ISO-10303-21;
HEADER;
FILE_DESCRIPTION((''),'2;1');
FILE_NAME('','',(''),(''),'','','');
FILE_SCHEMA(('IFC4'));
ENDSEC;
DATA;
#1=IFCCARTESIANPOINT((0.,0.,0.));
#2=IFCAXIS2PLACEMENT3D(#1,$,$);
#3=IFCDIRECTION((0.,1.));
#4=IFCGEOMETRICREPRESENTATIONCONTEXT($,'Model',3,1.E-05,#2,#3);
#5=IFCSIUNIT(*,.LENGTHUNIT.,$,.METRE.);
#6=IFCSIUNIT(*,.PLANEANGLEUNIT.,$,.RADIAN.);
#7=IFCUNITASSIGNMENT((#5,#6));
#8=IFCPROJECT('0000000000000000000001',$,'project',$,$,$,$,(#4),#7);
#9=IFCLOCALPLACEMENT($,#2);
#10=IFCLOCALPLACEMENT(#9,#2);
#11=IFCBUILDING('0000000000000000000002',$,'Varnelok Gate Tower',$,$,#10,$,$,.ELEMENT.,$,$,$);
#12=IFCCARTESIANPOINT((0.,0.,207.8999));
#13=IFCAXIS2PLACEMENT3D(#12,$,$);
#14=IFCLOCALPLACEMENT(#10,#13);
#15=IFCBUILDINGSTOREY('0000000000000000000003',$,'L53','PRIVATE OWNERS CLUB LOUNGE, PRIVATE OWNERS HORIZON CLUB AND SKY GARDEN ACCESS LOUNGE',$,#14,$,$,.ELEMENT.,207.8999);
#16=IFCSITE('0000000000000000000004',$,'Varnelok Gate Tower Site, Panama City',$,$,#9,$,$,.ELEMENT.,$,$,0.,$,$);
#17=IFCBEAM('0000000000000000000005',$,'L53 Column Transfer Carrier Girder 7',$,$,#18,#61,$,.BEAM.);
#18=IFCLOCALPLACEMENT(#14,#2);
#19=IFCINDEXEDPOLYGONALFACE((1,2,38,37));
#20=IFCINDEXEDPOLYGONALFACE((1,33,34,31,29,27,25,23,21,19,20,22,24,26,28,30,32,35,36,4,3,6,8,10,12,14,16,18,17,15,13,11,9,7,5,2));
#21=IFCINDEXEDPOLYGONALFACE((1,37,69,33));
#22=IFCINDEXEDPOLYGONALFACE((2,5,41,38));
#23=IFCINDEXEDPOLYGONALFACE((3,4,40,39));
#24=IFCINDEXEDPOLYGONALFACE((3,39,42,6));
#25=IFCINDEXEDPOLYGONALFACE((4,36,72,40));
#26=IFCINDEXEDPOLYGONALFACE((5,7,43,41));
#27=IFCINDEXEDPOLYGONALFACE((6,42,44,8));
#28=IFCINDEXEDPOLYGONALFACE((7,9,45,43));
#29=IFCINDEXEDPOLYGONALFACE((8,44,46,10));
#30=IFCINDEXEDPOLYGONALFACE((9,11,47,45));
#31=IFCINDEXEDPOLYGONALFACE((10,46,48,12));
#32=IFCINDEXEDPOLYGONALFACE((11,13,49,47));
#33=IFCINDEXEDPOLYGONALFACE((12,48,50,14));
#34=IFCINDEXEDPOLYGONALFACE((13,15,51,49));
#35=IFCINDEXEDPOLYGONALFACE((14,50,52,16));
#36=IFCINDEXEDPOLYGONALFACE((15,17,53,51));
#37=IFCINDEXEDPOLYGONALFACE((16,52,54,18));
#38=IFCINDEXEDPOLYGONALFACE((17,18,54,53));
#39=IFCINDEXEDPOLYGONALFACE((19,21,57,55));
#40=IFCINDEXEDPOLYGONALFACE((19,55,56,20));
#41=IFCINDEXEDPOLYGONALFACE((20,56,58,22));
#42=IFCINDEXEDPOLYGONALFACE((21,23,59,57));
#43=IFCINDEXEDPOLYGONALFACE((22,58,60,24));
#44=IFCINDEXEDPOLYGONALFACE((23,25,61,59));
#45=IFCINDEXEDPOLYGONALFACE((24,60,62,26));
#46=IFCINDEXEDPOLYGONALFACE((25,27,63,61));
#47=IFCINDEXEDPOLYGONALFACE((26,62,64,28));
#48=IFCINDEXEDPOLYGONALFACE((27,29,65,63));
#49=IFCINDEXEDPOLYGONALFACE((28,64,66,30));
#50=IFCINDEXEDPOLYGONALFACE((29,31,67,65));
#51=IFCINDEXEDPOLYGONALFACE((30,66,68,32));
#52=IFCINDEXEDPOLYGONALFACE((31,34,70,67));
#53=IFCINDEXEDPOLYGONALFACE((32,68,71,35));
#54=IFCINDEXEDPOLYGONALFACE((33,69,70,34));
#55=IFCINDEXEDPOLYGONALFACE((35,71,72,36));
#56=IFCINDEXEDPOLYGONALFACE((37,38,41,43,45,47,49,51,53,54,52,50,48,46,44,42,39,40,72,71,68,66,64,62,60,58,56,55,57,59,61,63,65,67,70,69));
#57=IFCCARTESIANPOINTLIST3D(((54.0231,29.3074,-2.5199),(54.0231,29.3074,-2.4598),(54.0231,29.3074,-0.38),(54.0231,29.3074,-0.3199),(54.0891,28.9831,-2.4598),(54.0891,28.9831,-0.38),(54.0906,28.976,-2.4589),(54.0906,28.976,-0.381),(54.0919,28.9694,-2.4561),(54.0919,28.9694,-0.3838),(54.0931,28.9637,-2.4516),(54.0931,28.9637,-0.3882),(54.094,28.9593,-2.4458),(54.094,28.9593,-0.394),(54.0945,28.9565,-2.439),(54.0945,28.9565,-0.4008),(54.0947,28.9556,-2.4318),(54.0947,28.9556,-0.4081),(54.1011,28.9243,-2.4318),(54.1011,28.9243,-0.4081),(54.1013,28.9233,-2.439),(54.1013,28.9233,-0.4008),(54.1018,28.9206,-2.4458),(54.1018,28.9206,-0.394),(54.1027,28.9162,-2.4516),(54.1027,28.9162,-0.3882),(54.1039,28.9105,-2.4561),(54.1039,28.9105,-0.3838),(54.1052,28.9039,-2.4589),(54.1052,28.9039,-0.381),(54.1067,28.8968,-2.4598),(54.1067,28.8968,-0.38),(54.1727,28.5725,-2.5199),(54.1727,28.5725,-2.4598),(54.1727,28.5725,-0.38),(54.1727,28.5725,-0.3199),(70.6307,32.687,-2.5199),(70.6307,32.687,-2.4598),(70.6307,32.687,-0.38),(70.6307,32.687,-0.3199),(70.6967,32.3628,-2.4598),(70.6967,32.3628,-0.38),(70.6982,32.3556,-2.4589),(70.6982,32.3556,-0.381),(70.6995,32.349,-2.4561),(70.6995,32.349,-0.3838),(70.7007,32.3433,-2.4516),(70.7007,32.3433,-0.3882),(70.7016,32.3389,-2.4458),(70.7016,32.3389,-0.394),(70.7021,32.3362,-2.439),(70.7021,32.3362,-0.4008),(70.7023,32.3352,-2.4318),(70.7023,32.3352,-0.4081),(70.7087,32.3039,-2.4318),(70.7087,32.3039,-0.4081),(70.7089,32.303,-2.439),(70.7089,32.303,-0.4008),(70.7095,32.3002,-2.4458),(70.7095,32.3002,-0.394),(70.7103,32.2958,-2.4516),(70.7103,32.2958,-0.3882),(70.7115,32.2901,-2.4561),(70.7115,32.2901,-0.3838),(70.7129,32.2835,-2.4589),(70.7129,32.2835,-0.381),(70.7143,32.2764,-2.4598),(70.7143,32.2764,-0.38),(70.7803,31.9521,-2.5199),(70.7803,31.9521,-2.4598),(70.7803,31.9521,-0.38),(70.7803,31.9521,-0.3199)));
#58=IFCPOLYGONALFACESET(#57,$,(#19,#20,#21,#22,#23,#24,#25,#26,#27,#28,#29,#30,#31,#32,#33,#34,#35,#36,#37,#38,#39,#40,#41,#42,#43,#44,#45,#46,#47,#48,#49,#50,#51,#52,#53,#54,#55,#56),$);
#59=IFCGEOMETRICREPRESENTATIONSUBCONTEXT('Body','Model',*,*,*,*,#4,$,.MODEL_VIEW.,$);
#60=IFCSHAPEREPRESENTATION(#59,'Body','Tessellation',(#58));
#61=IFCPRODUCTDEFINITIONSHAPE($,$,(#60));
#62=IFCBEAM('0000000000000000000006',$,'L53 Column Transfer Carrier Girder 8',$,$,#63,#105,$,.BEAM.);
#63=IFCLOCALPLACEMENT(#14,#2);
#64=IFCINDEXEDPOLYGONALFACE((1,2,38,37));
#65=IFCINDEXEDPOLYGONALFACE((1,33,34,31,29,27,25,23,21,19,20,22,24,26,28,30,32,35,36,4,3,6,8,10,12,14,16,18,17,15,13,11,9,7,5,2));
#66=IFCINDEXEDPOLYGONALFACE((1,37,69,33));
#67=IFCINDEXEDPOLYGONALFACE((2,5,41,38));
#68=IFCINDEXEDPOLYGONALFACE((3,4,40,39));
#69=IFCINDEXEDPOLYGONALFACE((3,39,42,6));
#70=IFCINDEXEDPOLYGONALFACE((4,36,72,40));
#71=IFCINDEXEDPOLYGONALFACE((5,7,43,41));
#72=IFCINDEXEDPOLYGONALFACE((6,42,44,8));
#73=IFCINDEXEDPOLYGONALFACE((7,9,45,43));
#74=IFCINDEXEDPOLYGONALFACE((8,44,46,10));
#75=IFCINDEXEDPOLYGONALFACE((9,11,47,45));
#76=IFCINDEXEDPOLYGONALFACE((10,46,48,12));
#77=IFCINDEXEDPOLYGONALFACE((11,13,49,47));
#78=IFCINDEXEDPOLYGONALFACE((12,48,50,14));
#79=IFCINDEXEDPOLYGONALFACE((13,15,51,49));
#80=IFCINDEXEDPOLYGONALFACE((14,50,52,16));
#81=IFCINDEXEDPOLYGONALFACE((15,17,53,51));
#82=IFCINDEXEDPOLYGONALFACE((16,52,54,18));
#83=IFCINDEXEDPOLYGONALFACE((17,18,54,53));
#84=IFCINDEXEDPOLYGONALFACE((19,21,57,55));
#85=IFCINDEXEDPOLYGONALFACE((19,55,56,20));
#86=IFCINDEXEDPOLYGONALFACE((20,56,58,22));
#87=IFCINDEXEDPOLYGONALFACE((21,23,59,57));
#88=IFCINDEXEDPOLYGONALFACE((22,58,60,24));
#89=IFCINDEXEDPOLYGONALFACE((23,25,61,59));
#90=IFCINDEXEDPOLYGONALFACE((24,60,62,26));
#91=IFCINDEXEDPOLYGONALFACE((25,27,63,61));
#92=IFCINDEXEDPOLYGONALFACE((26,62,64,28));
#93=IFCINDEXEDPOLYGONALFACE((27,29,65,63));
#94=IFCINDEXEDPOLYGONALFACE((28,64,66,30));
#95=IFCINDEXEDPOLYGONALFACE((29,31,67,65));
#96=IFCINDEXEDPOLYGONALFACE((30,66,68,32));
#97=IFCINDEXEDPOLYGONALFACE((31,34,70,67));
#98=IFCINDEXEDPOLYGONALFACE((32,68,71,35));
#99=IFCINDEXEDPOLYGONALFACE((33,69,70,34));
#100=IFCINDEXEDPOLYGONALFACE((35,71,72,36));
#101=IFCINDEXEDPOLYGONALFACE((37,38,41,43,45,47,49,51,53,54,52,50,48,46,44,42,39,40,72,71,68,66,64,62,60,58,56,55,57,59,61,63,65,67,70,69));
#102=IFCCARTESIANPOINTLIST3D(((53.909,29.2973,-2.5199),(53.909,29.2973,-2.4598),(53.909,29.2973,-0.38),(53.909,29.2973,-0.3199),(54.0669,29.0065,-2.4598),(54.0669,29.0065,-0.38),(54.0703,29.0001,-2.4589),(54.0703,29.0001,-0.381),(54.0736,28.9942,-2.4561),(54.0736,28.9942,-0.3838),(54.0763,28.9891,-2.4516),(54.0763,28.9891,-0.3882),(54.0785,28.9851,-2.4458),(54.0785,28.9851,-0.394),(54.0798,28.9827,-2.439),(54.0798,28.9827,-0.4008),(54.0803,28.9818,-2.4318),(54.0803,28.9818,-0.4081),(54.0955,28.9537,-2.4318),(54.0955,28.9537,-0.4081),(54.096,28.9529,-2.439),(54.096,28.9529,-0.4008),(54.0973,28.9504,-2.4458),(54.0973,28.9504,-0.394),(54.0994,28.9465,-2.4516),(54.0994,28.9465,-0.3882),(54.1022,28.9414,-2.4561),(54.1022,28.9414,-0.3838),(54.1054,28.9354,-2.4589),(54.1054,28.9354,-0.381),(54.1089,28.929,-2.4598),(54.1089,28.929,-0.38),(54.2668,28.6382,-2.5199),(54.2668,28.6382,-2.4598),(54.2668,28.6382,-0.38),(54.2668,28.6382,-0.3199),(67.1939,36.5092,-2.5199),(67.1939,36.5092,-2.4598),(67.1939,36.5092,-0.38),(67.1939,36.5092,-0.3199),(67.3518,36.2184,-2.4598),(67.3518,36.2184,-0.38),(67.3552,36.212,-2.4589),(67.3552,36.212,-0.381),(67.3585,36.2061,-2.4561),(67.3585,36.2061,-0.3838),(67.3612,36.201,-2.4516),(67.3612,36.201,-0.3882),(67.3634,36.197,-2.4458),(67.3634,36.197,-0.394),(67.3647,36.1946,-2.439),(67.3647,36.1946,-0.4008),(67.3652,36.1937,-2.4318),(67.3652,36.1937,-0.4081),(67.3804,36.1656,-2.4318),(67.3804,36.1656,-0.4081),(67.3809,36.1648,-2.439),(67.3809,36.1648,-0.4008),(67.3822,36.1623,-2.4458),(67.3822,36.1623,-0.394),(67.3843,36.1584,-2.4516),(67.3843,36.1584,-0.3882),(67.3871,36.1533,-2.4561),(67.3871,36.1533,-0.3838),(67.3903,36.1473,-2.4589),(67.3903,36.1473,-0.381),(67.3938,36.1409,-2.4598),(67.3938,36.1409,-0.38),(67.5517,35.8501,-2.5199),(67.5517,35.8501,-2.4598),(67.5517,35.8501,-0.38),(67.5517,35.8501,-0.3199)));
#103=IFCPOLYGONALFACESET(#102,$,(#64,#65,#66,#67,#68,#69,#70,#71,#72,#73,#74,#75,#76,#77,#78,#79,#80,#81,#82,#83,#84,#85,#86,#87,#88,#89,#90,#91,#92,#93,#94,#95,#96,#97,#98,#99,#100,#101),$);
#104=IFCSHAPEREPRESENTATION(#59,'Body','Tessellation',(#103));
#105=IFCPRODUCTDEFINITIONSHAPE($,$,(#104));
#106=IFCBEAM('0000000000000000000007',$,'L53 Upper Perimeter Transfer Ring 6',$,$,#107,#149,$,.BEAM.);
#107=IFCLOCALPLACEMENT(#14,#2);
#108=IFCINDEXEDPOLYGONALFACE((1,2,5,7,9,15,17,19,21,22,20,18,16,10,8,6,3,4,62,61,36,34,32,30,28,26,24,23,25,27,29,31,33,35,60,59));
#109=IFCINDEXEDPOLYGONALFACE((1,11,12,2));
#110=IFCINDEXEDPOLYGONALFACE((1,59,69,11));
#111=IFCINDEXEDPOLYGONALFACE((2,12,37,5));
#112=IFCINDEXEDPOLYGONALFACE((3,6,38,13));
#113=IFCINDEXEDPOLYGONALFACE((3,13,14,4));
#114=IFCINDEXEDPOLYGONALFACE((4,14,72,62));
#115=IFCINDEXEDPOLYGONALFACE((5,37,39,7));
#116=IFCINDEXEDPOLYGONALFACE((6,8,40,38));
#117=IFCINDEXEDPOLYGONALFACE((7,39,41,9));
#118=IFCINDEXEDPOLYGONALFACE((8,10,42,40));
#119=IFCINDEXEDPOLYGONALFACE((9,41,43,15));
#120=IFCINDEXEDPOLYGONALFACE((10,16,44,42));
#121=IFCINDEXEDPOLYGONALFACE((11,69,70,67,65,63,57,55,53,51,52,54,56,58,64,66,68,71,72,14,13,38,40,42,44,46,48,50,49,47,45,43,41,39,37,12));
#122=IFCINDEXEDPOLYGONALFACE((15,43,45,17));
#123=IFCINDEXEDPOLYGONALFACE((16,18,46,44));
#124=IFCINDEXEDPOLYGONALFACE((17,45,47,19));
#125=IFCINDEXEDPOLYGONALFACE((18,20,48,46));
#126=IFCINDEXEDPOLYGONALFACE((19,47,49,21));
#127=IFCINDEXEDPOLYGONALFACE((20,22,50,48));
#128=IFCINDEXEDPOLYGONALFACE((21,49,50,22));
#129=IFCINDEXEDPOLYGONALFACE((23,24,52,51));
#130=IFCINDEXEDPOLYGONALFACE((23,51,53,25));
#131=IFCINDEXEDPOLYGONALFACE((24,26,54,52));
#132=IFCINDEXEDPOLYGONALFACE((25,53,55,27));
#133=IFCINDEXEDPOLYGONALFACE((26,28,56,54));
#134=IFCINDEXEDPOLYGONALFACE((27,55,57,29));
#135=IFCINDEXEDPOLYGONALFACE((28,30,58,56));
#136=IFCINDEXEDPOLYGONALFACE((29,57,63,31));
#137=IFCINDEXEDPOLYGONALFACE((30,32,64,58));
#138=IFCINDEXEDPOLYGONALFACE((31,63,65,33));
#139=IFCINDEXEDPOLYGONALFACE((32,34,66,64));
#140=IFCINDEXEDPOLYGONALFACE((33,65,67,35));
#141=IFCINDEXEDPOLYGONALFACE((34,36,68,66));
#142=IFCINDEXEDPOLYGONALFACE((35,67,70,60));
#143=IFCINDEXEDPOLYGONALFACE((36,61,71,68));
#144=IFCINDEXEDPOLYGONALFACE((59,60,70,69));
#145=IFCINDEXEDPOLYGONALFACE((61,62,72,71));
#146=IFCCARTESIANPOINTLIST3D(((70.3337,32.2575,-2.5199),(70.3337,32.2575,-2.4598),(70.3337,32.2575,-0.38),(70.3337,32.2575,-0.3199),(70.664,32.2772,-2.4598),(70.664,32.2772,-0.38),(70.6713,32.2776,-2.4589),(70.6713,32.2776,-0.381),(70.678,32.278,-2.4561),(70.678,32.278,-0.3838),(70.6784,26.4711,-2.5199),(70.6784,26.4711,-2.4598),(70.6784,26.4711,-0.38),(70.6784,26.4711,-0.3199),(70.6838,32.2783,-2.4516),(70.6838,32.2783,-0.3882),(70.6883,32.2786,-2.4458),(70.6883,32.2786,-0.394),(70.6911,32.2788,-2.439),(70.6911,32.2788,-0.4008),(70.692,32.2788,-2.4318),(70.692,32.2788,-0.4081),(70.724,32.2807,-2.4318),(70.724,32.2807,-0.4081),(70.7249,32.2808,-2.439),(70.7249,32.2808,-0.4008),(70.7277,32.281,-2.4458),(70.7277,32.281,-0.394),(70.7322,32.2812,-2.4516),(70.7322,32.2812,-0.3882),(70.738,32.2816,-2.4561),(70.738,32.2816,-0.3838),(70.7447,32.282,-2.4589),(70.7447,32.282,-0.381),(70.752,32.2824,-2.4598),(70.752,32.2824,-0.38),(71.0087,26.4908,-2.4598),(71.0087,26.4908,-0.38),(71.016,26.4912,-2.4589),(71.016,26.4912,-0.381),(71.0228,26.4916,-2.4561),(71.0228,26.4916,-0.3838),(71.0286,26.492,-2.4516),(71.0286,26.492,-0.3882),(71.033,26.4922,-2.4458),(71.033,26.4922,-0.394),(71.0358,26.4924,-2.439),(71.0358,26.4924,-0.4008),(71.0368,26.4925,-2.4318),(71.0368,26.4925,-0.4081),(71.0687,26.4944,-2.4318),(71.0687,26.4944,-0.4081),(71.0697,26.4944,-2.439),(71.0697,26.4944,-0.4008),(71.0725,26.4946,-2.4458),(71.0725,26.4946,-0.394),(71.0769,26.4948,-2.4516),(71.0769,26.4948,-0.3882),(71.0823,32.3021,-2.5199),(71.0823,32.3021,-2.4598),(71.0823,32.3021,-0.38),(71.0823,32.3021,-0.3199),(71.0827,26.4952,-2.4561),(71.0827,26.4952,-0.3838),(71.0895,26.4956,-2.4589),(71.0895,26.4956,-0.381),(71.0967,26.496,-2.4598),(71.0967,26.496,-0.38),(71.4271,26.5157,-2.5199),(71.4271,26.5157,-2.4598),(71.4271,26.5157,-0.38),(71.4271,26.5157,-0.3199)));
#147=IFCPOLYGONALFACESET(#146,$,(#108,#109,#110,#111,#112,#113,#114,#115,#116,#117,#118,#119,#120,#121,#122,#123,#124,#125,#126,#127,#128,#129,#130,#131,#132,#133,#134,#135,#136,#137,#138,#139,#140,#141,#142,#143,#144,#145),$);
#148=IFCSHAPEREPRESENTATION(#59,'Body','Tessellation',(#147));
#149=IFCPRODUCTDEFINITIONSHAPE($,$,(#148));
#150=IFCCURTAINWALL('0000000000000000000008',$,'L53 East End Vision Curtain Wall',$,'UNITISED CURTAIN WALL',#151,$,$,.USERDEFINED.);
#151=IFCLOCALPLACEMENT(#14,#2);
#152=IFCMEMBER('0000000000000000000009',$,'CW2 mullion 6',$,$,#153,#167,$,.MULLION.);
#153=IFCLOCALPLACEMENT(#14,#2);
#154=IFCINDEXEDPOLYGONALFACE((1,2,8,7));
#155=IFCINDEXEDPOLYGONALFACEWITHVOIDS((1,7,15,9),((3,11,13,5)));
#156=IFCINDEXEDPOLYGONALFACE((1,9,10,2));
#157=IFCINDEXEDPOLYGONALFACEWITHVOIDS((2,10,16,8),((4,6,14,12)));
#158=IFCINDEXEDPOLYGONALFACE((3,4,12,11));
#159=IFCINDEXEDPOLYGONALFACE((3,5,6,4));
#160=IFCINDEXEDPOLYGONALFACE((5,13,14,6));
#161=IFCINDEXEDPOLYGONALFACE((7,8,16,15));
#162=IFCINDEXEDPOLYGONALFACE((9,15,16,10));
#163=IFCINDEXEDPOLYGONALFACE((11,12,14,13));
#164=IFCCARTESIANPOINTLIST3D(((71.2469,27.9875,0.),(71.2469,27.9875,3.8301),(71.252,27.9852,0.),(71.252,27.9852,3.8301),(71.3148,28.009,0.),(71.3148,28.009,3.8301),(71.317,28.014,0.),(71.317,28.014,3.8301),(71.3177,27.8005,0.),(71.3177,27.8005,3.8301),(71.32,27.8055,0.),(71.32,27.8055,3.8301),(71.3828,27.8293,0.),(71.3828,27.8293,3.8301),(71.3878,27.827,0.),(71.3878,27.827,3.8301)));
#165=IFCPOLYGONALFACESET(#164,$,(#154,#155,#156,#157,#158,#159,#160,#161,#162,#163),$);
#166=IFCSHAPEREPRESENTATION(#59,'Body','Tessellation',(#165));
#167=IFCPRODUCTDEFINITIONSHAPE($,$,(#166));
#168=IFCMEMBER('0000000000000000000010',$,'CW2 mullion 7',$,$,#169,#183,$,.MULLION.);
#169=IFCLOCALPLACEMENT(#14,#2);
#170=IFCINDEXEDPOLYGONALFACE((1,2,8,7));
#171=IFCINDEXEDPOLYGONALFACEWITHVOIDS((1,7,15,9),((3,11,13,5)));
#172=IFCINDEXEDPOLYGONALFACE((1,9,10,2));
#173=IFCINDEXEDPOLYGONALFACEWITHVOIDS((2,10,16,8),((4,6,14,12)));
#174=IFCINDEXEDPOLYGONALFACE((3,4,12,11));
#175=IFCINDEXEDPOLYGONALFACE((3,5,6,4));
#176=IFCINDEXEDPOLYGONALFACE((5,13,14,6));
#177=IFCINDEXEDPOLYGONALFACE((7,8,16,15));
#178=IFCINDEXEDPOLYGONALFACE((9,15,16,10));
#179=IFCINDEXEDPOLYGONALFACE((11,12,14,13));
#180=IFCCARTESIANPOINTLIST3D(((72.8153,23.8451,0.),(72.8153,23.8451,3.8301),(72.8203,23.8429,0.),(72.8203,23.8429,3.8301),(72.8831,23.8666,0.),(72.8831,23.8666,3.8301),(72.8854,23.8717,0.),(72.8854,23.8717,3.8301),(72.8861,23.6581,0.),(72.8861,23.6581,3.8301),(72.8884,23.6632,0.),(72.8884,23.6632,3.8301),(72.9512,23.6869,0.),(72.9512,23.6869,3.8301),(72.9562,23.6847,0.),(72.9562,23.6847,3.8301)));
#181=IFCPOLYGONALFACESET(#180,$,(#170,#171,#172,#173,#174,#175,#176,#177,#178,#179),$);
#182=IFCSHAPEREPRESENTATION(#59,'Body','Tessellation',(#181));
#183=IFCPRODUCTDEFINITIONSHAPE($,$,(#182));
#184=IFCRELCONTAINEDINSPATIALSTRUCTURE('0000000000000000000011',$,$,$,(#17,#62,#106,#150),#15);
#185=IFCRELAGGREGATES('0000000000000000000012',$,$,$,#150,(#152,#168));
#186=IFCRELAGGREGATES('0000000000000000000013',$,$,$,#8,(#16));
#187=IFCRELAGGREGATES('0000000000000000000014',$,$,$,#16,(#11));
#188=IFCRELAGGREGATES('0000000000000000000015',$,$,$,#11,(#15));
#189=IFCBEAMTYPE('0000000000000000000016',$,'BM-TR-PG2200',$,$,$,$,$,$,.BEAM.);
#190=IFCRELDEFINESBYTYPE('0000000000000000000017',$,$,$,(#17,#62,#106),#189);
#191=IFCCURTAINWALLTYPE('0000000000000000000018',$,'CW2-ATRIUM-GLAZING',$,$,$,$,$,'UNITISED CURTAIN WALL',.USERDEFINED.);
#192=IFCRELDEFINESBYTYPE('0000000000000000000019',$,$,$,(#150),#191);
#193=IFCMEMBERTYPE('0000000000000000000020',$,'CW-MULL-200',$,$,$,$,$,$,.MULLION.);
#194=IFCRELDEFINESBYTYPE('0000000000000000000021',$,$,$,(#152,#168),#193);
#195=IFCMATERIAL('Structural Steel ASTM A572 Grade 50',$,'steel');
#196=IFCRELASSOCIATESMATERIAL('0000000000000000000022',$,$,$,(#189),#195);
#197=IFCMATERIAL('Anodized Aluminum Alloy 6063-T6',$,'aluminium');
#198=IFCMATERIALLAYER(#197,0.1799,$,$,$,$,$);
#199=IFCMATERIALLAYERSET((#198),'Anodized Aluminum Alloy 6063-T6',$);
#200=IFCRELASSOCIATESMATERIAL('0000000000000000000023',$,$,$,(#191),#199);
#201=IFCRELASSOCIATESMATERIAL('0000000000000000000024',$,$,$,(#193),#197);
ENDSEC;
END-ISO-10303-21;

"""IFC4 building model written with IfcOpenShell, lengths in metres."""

from ifc_helpers import new_model, si_unit, direction, frame, origin, origin_2d, place, context, subcontext, project, spatial, hollow_rectangle, i_section, extrude, material, layer, layer_set, material_profile, profile_set, type_object, element, aggregate, save


model = new_model("IFC4")

# Units and contexts
model_context = context("Model", 3, precision=1e-05, world=origin(), true_north=direction((0.0, 1.0)))
body_context = subcontext(model_context, "Body", "Model", "MODEL_VIEW")
ifc_project = project(units=[si_unit("LENGTHUNIT", "METRE"), si_unit("PLANEANGLEUNIT", "RADIAN")], contexts=[model_context])

# Site, building, storey
site_placement = place(None, origin())
site = spatial("IfcSite", under=ifc_project, at=site_placement, Name="Varnelok Gate Tower Site, Panama City", CompositionType="ELEMENT", RefElevation=0.0)
building_placement = place(site_placement, origin())
building = spatial("IfcBuilding", under=site, at=building_placement, Name="Varnelok Gate Tower", CompositionType="ELEMENT")
storey_placement = place(building_placement, frame((0.0, 0.0, 207.8999)))
storey = spatial("IfcBuildingStorey", under=building, at=storey_placement, Name="L53", Description="PRIVATE OWNERS CLUB LOUNGE, PRIVATE OWNERS HORIZON CLUB AND SKY GARDEN ACCESS LOUNGE", CompositionType="ELEMENT", Elevation=207.8999)

# Beams
ifc_material_1 = material(Name="Structural Steel ASTM A572 Grade 50", Category="steel")
ifc_material_profile_1 = material_profile(ifc_material_1, i_section(OverallWidth=0.75, OverallDepth=2.2, WebThickness=0.032, FlangeThickness=0.0601, FilletRadius=0.0281, at=origin_2d()), Name="PG2200X750")
ifc_profile_set_1 = profile_set([ifc_material_profile_1], Name="Structural Steel ASTM A572 Grade 50")
beam_type = type_object("IfcBeamType", Name="BM-TR-PG2200", PredefinedType="BEAM", material=ifc_profile_set_1)
beam_1_placement = place(storey_placement, frame((54.0979, 28.9399, -1.4199), z_axis=(0.979916, 0.199412, 0.0), x_axis=(-0.199412, 0.979916, 0.0)))
element("IfcBeam", 1, at=beam_1_placement, inside=storey, type_object=beam_type, Name="L53 Column Transfer Carrier Girder 7", PredefinedType="BEAM", context=body_context, shape_type="SweptSolid", body=[
    extrude(i_section(OverallWidth=0.75, OverallDepth=2.2, WebThickness=0.032, FlangeThickness=0.0601, FilletRadius=0.0281, at=origin_2d()), origin(), (0.0, 0.0, 1.0), 16.948),
])
beam_2_placement = place(storey_placement, frame((54.0879, 28.9678, -1.4199), z_axis=(0.878851, 0.477097, 0.0), x_axis=(-0.477097, 0.878851, 0.0)))
element("IfcBeam", 2, at=beam_2_placement, inside=storey, type_object=beam_type, Name="L53 Column Transfer Carrier Girder 8", PredefinedType="BEAM", context=body_context, shape_type="SweptSolid", body=[
    extrude(i_section(OverallWidth=0.75, OverallDepth=2.2, WebThickness=0.032, FlangeThickness=0.0601, FilletRadius=0.0281, at=origin_2d()), origin(), (0.0, 0.0, 1.0), 15.1162),
])
beam_3_placement = place(storey_placement, frame((71.0527, 26.4934, -1.4199), z_axis=(-0.05947, 0.99823, 0.0), x_axis=(-0.99823, -0.05947, 0.0)))
element("IfcBeam", 3, at=beam_3_placement, inside=storey, type_object=beam_type, Name="L53 Upper Perimeter Transfer Ring 6", PredefinedType="BEAM", context=body_context, shape_type="SweptSolid", body=[
    extrude(i_section(OverallWidth=0.75, OverallDepth=2.2, WebThickness=0.032, FlangeThickness=0.0601, FilletRadius=0.0281, at=origin_2d()), origin(), (0.0, 0.0, 1.0), 5.7966),
])

# Curtain wall, members
ifc_material_2 = material(Name="Anodized Aluminum Alloy 6063-T6", Category="aluminium")
ifc_layer_1 = layer(ifc_material_2, 0.1799)
ifc_layer_set_1 = layer_set([ifc_layer_1], Name="Anodized Aluminum Alloy 6063-T6")
curtain_wall_type = type_object("IfcCurtainWallType", Name="CW2-ATRIUM-GLAZING", ElementType="UNITISED CURTAIN WALL", PredefinedType="USERDEFINED", material=ifc_layer_set_1)
curtain_wall_placement = place(storey_placement, origin())
curtain_wall = element("IfcCurtainWall", 4, at=curtain_wall_placement, inside=storey, type_object=curtain_wall_type, Name="L53 East End Vision Curtain Wall", ObjectType="UNITISED CURTAIN WALL", PredefinedType="USERDEFINED")
ifc_material_profile_2 = material_profile(ifc_material_2, hollow_rectangle(XDim=0.075, YDim=0.2, WallThickness=0.0039, at=origin_2d()), Name="ALU200X75X4")
ifc_profile_set_2 = profile_set([ifc_material_profile_2], Name="Anodized Aluminum Alloy 6063-T6")
member_type_1 = type_object("IfcMemberType", Name="CW-MULL-200", PredefinedType="MULLION", material=ifc_profile_set_2)
member_1_placement = place(storey_placement, frame((71.3174, 27.9072, 0.0), z_axis=(0.0, 0.0, 1.0), x_axis=(0.935221, 0.354064, 0.0)))
member_1 = element("IfcMember", 5, at=member_1_placement, type_object=member_type_1, Name="CW2 mullion 6", PredefinedType="MULLION", context=body_context, shape_type="SweptSolid", body=[
    extrude(hollow_rectangle(XDim=0.075, YDim=0.2, WallThickness=0.0039, at=origin_2d()), origin(), (0.0, 0.0, 1.0), 3.8301),
])
member_2_placement = place(storey_placement, frame((72.8857, 23.7649, 0.0), z_axis=(0.0, 0.0, 1.0), x_axis=(0.935221, 0.354064, 0.0)))
member_2 = element("IfcMember", 6, at=member_2_placement, type_object=member_type_1, Name="CW2 mullion 7", PredefinedType="MULLION", context=body_context, shape_type="SweptSolid", body=[
    extrude(hollow_rectangle(XDim=0.075, YDim=0.2, WallThickness=0.0039, at=origin_2d()), origin(), (0.0, 0.0, 1.0), 3.8301),
])
aggregate(curtain_wall, [member_1, member_2])

save(model, "model.ifc")
